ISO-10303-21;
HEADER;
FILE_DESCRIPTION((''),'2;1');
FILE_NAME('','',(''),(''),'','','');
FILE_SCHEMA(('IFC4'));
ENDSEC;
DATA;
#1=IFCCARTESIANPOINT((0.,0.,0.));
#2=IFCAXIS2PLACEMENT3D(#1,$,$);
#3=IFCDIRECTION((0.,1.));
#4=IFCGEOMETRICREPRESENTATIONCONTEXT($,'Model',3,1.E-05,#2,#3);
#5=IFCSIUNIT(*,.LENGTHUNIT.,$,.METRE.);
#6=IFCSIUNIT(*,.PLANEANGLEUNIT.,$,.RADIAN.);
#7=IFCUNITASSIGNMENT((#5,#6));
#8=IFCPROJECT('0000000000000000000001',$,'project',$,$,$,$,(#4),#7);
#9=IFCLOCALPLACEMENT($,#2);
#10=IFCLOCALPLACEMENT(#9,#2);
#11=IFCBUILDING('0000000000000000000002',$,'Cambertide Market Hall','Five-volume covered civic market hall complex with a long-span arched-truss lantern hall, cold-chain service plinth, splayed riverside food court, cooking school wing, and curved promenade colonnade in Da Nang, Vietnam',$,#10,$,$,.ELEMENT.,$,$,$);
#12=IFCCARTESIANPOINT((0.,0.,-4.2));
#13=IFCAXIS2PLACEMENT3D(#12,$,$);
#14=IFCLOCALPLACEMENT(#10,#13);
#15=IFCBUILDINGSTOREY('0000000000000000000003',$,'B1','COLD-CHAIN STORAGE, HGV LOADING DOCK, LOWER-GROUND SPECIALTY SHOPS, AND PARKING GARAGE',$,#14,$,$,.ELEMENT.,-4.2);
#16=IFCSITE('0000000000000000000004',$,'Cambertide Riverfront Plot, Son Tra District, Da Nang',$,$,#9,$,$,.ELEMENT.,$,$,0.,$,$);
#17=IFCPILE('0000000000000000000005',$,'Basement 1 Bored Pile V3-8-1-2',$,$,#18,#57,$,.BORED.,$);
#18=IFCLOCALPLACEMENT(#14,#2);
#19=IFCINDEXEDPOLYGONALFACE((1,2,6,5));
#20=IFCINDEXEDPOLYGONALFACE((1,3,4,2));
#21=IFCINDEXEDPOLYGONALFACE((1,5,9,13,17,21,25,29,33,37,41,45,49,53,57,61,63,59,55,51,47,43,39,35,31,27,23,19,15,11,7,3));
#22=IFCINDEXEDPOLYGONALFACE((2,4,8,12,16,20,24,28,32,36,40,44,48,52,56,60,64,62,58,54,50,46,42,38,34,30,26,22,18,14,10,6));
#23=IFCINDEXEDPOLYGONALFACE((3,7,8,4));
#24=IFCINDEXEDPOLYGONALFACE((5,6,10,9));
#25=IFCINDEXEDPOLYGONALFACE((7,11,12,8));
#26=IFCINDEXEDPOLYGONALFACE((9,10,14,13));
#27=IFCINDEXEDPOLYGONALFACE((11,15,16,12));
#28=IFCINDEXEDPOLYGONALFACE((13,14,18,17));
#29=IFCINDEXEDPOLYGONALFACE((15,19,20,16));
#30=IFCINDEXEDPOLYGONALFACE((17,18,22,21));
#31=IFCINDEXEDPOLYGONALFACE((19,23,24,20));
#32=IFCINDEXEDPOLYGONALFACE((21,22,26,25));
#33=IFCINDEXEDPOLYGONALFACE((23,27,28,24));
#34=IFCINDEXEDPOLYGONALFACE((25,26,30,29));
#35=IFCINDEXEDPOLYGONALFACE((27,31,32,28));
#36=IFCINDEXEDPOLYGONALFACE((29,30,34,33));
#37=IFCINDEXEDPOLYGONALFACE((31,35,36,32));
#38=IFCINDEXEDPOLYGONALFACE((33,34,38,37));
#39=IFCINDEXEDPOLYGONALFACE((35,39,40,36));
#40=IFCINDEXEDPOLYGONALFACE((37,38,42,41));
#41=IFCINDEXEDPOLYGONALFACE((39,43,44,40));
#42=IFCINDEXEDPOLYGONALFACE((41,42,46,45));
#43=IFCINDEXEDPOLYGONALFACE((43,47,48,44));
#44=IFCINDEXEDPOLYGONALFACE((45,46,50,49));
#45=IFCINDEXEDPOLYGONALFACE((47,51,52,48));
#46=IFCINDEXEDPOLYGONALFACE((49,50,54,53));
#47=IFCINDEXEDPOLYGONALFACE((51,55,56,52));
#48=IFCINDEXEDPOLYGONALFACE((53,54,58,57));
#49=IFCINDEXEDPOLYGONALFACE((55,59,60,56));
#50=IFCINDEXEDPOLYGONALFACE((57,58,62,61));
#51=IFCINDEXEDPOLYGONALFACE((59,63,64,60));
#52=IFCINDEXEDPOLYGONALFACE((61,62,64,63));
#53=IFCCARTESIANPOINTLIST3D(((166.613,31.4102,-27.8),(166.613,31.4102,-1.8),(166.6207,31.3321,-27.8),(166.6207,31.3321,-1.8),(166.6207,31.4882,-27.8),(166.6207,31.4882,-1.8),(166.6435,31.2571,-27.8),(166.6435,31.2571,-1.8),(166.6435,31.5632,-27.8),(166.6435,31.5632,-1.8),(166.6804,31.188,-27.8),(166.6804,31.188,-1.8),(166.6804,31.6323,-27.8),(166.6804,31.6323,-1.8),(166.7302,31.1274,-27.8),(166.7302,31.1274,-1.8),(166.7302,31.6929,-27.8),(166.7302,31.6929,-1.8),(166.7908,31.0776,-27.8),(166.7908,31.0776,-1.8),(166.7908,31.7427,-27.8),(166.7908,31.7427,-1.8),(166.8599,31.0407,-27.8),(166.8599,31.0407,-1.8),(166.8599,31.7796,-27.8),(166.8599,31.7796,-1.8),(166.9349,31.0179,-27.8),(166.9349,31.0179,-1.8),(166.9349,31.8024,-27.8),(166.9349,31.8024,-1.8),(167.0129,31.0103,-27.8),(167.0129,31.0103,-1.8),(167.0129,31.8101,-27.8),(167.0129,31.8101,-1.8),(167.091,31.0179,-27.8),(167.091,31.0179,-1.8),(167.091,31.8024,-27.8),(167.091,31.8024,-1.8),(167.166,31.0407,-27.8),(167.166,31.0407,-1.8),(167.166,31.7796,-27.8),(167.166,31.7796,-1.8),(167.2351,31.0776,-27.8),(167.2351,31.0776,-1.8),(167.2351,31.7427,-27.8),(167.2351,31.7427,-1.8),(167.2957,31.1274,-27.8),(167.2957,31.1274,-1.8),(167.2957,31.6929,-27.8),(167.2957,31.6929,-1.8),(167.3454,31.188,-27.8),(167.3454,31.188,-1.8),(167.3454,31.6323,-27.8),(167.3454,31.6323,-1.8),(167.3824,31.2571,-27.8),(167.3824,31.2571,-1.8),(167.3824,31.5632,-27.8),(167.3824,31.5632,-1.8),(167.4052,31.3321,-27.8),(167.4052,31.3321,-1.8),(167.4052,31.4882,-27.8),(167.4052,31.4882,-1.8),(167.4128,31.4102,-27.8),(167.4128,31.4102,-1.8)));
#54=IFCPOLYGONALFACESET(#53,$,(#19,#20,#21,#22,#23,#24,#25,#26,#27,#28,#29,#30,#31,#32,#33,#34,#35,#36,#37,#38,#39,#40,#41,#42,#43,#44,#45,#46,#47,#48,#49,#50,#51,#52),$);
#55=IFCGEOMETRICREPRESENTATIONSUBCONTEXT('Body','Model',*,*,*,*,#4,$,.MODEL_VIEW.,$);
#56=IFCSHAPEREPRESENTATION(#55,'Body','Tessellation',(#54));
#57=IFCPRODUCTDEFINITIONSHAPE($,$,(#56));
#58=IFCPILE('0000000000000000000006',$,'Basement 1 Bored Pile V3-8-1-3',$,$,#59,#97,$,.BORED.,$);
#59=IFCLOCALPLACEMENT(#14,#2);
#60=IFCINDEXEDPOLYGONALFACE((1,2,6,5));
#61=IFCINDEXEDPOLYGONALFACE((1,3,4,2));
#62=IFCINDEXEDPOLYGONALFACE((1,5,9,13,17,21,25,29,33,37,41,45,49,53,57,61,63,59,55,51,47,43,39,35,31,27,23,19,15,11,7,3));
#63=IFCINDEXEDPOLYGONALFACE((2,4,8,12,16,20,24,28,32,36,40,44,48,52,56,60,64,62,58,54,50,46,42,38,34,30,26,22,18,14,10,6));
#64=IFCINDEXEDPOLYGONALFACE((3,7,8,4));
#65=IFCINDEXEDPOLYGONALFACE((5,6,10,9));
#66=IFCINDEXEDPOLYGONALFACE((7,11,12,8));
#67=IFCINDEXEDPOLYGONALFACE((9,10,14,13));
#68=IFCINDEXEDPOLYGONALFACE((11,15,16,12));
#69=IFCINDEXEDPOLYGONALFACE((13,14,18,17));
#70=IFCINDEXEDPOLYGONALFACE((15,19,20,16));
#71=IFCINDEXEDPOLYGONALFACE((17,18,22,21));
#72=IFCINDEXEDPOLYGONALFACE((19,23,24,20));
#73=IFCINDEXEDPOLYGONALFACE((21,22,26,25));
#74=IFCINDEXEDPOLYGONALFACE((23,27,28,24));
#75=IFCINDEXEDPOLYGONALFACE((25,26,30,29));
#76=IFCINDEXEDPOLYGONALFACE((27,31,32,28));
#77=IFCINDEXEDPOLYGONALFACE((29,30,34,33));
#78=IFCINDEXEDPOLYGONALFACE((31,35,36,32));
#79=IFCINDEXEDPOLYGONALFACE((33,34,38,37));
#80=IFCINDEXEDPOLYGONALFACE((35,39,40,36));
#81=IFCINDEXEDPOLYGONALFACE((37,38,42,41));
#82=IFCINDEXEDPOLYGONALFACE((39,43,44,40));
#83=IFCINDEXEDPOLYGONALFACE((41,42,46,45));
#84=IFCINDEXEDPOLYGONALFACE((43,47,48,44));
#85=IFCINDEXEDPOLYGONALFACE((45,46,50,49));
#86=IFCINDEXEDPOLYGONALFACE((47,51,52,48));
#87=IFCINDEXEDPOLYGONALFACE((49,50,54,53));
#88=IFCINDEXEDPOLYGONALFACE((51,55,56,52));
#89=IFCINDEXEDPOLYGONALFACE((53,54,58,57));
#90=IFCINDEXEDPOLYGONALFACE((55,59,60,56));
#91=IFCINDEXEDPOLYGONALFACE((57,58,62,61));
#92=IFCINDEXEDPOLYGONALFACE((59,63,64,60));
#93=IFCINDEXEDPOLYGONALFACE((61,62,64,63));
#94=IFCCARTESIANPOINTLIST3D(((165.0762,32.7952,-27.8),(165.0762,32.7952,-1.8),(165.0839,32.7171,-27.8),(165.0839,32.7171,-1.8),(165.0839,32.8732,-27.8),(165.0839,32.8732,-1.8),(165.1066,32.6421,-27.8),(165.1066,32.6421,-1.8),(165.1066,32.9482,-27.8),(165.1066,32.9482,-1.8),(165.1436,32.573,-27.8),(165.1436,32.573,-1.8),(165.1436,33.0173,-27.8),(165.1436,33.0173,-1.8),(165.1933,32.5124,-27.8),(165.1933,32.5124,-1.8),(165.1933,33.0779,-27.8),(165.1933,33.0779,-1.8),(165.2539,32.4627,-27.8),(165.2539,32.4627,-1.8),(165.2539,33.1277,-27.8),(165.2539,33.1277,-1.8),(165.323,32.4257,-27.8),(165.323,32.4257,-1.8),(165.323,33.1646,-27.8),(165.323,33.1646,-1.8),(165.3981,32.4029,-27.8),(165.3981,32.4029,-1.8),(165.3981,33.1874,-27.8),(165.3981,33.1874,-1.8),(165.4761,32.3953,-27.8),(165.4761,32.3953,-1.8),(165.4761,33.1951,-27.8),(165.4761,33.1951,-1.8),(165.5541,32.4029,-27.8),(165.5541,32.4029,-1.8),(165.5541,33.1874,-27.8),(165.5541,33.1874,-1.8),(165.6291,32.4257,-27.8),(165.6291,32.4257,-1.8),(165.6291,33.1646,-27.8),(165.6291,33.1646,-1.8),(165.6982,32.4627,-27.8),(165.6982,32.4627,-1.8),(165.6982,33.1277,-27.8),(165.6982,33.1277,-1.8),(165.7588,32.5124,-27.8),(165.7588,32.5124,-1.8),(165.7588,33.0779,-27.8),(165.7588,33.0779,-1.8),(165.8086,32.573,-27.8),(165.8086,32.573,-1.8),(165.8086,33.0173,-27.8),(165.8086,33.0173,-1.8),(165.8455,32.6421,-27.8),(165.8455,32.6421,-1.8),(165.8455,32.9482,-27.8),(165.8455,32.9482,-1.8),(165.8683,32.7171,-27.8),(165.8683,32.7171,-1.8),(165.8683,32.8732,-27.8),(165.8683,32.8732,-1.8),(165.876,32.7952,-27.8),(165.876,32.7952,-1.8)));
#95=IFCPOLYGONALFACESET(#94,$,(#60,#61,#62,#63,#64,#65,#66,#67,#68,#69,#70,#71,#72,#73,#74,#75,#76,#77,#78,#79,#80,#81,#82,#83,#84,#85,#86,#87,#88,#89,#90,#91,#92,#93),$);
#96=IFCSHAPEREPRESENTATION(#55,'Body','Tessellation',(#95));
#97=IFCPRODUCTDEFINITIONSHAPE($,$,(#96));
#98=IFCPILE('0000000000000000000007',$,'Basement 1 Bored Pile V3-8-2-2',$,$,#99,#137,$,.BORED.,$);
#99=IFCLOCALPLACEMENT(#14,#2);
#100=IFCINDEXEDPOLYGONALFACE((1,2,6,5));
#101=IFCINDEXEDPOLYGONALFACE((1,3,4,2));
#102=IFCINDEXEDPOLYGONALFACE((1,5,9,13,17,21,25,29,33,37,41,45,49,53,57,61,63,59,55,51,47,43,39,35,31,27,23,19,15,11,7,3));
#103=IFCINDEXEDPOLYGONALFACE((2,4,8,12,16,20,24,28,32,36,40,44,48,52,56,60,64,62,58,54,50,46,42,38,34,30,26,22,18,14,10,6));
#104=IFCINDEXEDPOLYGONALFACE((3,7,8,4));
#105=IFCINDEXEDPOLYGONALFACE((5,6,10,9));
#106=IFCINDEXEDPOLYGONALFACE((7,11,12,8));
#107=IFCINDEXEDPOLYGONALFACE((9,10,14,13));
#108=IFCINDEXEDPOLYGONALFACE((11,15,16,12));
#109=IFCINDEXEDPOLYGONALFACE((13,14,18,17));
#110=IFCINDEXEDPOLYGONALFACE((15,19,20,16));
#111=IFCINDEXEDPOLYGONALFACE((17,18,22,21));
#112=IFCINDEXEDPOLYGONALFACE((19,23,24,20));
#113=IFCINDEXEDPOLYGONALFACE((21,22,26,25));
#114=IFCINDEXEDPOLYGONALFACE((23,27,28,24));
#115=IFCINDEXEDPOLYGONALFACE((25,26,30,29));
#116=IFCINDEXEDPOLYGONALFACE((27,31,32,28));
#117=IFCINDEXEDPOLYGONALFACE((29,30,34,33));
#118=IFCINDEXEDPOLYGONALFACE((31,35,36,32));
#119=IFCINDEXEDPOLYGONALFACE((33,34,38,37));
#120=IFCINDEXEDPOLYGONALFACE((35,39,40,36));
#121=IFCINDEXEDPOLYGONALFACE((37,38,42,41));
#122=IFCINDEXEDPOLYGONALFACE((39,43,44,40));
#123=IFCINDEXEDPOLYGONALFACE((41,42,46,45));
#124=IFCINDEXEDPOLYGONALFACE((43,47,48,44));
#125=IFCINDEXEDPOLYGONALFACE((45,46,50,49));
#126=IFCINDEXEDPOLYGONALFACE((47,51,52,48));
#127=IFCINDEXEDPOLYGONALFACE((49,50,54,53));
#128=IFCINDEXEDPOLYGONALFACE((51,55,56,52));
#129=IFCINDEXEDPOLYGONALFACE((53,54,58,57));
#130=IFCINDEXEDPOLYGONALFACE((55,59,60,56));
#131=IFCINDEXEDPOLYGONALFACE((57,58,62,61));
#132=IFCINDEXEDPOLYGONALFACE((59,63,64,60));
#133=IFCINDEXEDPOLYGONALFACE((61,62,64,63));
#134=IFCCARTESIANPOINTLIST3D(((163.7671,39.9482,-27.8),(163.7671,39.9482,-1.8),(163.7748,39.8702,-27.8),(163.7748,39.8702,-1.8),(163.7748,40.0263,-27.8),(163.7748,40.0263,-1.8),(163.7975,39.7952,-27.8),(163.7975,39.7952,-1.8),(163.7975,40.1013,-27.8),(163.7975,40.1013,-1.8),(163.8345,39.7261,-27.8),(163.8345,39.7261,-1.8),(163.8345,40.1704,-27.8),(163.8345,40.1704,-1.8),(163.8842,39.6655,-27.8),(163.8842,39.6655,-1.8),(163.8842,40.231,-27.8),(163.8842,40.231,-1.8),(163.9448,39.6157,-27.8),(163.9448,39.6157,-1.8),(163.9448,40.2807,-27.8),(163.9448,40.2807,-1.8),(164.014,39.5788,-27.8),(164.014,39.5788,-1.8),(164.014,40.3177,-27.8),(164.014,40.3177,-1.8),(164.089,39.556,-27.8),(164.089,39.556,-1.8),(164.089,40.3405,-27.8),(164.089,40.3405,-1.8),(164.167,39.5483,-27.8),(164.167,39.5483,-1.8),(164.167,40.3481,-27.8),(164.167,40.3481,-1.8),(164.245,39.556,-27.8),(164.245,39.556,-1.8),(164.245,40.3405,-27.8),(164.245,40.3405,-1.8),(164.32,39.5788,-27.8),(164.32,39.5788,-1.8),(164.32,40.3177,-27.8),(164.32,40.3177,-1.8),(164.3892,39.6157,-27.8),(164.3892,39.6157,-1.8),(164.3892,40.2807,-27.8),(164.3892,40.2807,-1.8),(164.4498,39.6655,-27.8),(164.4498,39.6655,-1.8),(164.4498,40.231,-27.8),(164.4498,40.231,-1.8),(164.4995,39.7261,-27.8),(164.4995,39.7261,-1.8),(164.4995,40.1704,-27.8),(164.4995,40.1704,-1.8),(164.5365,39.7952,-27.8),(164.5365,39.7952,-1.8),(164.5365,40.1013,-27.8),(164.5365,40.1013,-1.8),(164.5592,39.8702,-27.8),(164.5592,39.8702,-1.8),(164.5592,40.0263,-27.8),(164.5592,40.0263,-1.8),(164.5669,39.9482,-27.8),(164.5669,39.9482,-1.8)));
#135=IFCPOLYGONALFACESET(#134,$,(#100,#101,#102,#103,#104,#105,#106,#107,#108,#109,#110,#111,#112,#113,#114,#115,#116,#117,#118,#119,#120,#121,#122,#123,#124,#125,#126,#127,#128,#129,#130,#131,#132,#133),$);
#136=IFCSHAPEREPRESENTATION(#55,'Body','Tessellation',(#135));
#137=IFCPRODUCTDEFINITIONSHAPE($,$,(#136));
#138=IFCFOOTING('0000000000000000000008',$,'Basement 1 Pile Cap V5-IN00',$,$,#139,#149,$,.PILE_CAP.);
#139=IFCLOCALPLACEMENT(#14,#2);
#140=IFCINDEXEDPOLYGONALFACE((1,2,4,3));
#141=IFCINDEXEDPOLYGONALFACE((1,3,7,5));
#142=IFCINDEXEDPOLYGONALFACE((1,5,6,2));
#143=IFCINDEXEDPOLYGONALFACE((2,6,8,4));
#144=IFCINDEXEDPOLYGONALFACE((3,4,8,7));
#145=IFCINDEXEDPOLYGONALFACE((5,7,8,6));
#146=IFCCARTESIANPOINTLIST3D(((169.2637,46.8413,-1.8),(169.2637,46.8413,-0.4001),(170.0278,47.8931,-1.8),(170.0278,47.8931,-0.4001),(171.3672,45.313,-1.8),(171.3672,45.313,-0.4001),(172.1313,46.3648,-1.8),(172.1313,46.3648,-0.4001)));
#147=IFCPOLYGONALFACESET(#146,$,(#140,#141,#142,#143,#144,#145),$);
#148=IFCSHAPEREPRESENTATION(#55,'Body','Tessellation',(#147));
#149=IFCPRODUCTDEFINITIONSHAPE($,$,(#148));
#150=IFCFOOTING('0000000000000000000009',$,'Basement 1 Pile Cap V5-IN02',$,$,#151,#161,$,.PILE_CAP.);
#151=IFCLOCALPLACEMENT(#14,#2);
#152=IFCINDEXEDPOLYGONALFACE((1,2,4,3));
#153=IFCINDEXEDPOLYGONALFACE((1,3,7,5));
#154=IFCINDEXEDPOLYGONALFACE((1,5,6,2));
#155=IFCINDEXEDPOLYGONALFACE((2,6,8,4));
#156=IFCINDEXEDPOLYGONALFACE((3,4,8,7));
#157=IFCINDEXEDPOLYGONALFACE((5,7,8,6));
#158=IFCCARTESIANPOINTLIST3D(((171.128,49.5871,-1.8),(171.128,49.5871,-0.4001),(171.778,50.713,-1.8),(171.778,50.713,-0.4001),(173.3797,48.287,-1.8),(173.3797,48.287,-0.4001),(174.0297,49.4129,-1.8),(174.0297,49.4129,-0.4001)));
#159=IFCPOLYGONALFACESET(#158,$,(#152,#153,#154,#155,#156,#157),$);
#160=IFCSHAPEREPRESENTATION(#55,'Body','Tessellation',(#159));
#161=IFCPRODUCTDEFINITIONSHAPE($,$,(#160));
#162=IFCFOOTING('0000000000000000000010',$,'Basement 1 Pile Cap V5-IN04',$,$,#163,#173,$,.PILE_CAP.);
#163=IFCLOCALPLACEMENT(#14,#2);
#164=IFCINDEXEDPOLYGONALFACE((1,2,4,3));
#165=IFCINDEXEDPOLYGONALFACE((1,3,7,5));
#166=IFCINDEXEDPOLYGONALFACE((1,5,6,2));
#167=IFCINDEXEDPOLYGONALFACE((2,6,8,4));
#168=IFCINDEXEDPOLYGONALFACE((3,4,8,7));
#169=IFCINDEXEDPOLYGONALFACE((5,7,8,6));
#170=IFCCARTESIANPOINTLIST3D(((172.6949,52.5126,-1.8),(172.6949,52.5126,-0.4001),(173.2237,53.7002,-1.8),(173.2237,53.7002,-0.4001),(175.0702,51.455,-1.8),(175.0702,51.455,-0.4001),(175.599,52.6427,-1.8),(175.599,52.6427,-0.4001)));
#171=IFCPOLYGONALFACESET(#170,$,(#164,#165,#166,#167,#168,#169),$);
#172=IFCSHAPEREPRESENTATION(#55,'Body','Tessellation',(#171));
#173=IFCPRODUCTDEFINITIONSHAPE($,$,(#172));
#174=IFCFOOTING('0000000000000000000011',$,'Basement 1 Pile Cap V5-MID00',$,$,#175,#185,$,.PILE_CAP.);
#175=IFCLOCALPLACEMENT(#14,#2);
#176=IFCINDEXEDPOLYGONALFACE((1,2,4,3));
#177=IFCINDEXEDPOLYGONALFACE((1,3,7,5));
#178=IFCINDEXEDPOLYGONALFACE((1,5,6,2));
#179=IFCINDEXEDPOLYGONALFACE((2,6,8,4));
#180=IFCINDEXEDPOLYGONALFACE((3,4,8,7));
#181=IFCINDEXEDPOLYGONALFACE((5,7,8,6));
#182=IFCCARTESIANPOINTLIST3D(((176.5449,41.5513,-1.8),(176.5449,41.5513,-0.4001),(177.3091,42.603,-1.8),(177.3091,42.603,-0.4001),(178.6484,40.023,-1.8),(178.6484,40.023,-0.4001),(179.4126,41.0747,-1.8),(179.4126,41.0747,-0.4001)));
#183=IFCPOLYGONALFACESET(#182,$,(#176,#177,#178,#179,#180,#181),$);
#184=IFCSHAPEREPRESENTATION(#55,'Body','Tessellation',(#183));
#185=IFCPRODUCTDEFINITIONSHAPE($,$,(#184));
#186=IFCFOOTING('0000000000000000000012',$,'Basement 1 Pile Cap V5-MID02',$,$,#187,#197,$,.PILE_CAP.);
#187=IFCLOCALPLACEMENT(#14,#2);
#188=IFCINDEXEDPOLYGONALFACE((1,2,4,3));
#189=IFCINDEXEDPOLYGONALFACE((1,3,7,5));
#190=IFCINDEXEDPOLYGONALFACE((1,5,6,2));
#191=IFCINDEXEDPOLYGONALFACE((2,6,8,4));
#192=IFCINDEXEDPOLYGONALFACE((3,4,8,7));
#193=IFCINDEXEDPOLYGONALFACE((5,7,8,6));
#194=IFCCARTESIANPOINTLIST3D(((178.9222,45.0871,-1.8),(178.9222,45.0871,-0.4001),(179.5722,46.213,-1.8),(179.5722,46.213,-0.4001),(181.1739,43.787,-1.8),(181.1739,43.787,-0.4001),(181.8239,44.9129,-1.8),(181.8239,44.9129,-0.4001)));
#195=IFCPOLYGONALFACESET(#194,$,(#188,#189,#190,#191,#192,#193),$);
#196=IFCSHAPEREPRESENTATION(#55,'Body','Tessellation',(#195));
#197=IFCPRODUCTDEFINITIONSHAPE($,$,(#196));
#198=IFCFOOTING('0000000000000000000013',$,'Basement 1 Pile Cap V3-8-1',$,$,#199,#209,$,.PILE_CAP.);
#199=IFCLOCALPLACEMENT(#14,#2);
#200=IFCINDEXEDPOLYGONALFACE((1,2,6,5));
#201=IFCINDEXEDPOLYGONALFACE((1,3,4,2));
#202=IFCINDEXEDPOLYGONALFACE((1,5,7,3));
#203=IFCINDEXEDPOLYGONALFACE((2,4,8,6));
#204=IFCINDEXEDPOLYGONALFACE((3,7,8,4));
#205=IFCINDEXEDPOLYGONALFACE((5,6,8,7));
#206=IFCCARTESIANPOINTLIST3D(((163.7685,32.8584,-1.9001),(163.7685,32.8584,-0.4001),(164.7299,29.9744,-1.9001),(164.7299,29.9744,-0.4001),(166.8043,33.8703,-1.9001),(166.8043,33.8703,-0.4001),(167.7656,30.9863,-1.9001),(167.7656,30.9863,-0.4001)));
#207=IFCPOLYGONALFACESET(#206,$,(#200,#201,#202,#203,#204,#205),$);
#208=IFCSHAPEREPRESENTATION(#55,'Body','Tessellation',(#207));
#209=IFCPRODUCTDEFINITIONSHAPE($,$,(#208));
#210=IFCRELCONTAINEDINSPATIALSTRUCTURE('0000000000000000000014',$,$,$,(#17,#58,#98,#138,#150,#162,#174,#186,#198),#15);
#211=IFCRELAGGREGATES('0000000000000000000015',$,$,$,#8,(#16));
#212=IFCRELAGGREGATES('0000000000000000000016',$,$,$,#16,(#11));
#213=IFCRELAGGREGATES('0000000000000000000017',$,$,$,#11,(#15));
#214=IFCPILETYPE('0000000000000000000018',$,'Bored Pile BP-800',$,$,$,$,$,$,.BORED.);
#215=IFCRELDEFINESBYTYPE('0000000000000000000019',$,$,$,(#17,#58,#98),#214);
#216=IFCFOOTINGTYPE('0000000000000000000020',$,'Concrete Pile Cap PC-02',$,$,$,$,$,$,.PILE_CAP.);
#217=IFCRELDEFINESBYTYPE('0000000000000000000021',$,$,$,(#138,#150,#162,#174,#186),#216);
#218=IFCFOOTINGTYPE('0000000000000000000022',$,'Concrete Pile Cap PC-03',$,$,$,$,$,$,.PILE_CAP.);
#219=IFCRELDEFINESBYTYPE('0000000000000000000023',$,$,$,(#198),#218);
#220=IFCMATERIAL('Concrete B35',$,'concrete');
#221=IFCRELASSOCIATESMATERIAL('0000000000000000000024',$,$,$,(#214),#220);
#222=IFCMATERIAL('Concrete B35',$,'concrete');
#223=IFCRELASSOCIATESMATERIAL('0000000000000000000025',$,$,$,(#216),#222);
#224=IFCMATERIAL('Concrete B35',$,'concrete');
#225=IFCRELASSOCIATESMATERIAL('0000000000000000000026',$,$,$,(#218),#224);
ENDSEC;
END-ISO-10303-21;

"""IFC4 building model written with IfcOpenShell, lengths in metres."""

from ifc_helpers import new_model, si_unit, direction, frame, origin, origin_2d, place, context, subcontext, project, spatial, rectangle, circle, extrude, material, material_profile, profile_set, type_object, element, save


model = new_model("IFC4")

# Units and contexts
model_context = context("Model", 3, precision=1e-05, world=origin(), true_north=direction((0.0, 1.0)))
body_context = subcontext(model_context, "Body", "Model", "MODEL_VIEW")
ifc_project = project(units=[si_unit("LENGTHUNIT", "METRE"), si_unit("PLANEANGLEUNIT", "RADIAN")], contexts=[model_context])

# Site, building, storey
site_placement = place(None, origin())
site = spatial("IfcSite", under=ifc_project, at=site_placement, Name="Cambertide Riverfront Plot, Son Tra District, Da Nang", CompositionType="ELEMENT", RefElevation=0.0)
building_placement = place(site_placement, origin())
building = spatial("IfcBuilding", under=site, at=building_placement, Name="Cambertide Market Hall", Description="Five-volume covered civic market hall complex with a long-span arched-truss lantern hall, cold-chain service plinth, splayed riverside food court, cooking school wing, and curved promenade colonnade in Da Nang, Vietnam", CompositionType="ELEMENT")
storey_placement = place(building_placement, frame((0.0, 0.0, -4.2)))
storey = spatial("IfcBuildingStorey", under=building, at=storey_placement, Name="B1", Description="COLD-CHAIN STORAGE, HGV LOADING DOCK, LOWER-GROUND SPECIALTY SHOPS, AND PARKING GARAGE", CompositionType="ELEMENT", Elevation=-4.2)

# Piles
ifc_material_1 = material(Name="Concrete B35", Category="concrete")
ifc_material_profile_1 = material_profile(ifc_material_1, circle(Radius=0.3999, at=origin_2d()), Name="BP D800")
ifc_profile_set_1 = profile_set([ifc_material_profile_1], Name="Concrete B35")
pile_type_1 = type_object("IfcPileType", Name="Bored Pile BP-800", PredefinedType="BORED", material=ifc_profile_set_1)
for number, where, z_axis, x_axis, name in (
    (1, (167.0129, 31.4102, -1.8), (0.0, 0.0, -1.0), (1.0, 0.0, 0.0), "Basement 1 Bored Pile V3-8-1-2"),
    (2, (165.4761, 32.7952, -1.8), (0.0, 0.0, -1.0), (1.0, 0.0, 0.0), "Basement 1 Bored Pile V3-8-1-3"),
    (3, (164.167, 39.9482, -1.8), (0.0, 0.0, -1.0), (1.0, 0.0, 0.0), "Basement 1 Bored Pile V3-8-2-2"),
):
    element("IfcPile", number, at=place(storey_placement, frame(where, z_axis=z_axis, x_axis=x_axis)), inside=storey, type_object=pile_type_1, Name=name, PredefinedType="BORED", context=body_context, shape_type="SweptSolid", body=[
        extrude(circle(Radius=0.3999, at=origin_2d()), origin(), (0.0, 0.0, 1.0), 26.0),
    ])

# Footings
ifc_material_2 = material(Name="Concrete B35", Category="concrete")
footing_type_1 = type_object("IfcFootingType", Name="Concrete Pile Cap PC-02", PredefinedType="PILE_CAP", material=ifc_material_2)
for number, where, z_axis, x_axis, name in (
    (4, (170.6975, 46.603, -1.8), (0.0, 0.0, 1.0), (0.809017, -0.587785, 0.0), "Basement 1 Pile Cap V5-IN00"),
    (5, (172.5789, 49.5, -1.8), (0.0, 0.0, 1.0), (0.866025, -0.5, 0.0), "Basement 1 Pile Cap V5-IN02"),
    (6, (174.147, 52.5776, -1.8), (0.0, 0.0, 1.0), (0.913545, -0.406737, 0.0), "Basement 1 Pile Cap V5-IN04"),
    (7, (177.9788, 41.313, -1.8), (0.0, 0.0, 1.0), (0.809017, -0.587785, 0.0), "Basement 1 Pile Cap V5-MID00"),
    (8, (180.373, 45.0, -1.8), (0.0, 0.0, 1.0), (0.866025, -0.5, 0.0), "Basement 1 Pile Cap V5-MID02"),
):
    element("IfcFooting", number, at=place(storey_placement, frame(where, z_axis=z_axis, x_axis=x_axis)), inside=storey, type_object=footing_type_1, Name=name, PredefinedType="PILE_CAP", context=body_context, shape_type="SweptSolid", body=[
        extrude(rectangle(XDim=2.6001, YDim=1.3, at=origin_2d()), origin(), (0.0, 0.0, 1.0), 1.3999),
    ])
ifc_material_3 = material(Name="Concrete B35", Category="concrete")
footing_type_2 = type_object("IfcFootingType", Name="Concrete Pile Cap PC-03", PredefinedType="PILE_CAP", material=ifc_material_3)
footing_placement = place(storey_placement, frame((165.7671, 31.9224, -1.9001), z_axis=(0.0, 0.0, 1.0), x_axis=(0.948683, 0.316228, 0.0)))
element("IfcFooting", 9, at=footing_placement, inside=storey, type_object=footing_type_2, Name="Basement 1 Pile Cap V3-8-1", PredefinedType="PILE_CAP", context=body_context, shape_type="SweptSolid", body=[
    extrude(rectangle(XDim=3.2, YDim=3.04, at=origin_2d()), origin(), (0.0, 0.0, 1.0), 1.5),
])

save(model, "model.ifc")
